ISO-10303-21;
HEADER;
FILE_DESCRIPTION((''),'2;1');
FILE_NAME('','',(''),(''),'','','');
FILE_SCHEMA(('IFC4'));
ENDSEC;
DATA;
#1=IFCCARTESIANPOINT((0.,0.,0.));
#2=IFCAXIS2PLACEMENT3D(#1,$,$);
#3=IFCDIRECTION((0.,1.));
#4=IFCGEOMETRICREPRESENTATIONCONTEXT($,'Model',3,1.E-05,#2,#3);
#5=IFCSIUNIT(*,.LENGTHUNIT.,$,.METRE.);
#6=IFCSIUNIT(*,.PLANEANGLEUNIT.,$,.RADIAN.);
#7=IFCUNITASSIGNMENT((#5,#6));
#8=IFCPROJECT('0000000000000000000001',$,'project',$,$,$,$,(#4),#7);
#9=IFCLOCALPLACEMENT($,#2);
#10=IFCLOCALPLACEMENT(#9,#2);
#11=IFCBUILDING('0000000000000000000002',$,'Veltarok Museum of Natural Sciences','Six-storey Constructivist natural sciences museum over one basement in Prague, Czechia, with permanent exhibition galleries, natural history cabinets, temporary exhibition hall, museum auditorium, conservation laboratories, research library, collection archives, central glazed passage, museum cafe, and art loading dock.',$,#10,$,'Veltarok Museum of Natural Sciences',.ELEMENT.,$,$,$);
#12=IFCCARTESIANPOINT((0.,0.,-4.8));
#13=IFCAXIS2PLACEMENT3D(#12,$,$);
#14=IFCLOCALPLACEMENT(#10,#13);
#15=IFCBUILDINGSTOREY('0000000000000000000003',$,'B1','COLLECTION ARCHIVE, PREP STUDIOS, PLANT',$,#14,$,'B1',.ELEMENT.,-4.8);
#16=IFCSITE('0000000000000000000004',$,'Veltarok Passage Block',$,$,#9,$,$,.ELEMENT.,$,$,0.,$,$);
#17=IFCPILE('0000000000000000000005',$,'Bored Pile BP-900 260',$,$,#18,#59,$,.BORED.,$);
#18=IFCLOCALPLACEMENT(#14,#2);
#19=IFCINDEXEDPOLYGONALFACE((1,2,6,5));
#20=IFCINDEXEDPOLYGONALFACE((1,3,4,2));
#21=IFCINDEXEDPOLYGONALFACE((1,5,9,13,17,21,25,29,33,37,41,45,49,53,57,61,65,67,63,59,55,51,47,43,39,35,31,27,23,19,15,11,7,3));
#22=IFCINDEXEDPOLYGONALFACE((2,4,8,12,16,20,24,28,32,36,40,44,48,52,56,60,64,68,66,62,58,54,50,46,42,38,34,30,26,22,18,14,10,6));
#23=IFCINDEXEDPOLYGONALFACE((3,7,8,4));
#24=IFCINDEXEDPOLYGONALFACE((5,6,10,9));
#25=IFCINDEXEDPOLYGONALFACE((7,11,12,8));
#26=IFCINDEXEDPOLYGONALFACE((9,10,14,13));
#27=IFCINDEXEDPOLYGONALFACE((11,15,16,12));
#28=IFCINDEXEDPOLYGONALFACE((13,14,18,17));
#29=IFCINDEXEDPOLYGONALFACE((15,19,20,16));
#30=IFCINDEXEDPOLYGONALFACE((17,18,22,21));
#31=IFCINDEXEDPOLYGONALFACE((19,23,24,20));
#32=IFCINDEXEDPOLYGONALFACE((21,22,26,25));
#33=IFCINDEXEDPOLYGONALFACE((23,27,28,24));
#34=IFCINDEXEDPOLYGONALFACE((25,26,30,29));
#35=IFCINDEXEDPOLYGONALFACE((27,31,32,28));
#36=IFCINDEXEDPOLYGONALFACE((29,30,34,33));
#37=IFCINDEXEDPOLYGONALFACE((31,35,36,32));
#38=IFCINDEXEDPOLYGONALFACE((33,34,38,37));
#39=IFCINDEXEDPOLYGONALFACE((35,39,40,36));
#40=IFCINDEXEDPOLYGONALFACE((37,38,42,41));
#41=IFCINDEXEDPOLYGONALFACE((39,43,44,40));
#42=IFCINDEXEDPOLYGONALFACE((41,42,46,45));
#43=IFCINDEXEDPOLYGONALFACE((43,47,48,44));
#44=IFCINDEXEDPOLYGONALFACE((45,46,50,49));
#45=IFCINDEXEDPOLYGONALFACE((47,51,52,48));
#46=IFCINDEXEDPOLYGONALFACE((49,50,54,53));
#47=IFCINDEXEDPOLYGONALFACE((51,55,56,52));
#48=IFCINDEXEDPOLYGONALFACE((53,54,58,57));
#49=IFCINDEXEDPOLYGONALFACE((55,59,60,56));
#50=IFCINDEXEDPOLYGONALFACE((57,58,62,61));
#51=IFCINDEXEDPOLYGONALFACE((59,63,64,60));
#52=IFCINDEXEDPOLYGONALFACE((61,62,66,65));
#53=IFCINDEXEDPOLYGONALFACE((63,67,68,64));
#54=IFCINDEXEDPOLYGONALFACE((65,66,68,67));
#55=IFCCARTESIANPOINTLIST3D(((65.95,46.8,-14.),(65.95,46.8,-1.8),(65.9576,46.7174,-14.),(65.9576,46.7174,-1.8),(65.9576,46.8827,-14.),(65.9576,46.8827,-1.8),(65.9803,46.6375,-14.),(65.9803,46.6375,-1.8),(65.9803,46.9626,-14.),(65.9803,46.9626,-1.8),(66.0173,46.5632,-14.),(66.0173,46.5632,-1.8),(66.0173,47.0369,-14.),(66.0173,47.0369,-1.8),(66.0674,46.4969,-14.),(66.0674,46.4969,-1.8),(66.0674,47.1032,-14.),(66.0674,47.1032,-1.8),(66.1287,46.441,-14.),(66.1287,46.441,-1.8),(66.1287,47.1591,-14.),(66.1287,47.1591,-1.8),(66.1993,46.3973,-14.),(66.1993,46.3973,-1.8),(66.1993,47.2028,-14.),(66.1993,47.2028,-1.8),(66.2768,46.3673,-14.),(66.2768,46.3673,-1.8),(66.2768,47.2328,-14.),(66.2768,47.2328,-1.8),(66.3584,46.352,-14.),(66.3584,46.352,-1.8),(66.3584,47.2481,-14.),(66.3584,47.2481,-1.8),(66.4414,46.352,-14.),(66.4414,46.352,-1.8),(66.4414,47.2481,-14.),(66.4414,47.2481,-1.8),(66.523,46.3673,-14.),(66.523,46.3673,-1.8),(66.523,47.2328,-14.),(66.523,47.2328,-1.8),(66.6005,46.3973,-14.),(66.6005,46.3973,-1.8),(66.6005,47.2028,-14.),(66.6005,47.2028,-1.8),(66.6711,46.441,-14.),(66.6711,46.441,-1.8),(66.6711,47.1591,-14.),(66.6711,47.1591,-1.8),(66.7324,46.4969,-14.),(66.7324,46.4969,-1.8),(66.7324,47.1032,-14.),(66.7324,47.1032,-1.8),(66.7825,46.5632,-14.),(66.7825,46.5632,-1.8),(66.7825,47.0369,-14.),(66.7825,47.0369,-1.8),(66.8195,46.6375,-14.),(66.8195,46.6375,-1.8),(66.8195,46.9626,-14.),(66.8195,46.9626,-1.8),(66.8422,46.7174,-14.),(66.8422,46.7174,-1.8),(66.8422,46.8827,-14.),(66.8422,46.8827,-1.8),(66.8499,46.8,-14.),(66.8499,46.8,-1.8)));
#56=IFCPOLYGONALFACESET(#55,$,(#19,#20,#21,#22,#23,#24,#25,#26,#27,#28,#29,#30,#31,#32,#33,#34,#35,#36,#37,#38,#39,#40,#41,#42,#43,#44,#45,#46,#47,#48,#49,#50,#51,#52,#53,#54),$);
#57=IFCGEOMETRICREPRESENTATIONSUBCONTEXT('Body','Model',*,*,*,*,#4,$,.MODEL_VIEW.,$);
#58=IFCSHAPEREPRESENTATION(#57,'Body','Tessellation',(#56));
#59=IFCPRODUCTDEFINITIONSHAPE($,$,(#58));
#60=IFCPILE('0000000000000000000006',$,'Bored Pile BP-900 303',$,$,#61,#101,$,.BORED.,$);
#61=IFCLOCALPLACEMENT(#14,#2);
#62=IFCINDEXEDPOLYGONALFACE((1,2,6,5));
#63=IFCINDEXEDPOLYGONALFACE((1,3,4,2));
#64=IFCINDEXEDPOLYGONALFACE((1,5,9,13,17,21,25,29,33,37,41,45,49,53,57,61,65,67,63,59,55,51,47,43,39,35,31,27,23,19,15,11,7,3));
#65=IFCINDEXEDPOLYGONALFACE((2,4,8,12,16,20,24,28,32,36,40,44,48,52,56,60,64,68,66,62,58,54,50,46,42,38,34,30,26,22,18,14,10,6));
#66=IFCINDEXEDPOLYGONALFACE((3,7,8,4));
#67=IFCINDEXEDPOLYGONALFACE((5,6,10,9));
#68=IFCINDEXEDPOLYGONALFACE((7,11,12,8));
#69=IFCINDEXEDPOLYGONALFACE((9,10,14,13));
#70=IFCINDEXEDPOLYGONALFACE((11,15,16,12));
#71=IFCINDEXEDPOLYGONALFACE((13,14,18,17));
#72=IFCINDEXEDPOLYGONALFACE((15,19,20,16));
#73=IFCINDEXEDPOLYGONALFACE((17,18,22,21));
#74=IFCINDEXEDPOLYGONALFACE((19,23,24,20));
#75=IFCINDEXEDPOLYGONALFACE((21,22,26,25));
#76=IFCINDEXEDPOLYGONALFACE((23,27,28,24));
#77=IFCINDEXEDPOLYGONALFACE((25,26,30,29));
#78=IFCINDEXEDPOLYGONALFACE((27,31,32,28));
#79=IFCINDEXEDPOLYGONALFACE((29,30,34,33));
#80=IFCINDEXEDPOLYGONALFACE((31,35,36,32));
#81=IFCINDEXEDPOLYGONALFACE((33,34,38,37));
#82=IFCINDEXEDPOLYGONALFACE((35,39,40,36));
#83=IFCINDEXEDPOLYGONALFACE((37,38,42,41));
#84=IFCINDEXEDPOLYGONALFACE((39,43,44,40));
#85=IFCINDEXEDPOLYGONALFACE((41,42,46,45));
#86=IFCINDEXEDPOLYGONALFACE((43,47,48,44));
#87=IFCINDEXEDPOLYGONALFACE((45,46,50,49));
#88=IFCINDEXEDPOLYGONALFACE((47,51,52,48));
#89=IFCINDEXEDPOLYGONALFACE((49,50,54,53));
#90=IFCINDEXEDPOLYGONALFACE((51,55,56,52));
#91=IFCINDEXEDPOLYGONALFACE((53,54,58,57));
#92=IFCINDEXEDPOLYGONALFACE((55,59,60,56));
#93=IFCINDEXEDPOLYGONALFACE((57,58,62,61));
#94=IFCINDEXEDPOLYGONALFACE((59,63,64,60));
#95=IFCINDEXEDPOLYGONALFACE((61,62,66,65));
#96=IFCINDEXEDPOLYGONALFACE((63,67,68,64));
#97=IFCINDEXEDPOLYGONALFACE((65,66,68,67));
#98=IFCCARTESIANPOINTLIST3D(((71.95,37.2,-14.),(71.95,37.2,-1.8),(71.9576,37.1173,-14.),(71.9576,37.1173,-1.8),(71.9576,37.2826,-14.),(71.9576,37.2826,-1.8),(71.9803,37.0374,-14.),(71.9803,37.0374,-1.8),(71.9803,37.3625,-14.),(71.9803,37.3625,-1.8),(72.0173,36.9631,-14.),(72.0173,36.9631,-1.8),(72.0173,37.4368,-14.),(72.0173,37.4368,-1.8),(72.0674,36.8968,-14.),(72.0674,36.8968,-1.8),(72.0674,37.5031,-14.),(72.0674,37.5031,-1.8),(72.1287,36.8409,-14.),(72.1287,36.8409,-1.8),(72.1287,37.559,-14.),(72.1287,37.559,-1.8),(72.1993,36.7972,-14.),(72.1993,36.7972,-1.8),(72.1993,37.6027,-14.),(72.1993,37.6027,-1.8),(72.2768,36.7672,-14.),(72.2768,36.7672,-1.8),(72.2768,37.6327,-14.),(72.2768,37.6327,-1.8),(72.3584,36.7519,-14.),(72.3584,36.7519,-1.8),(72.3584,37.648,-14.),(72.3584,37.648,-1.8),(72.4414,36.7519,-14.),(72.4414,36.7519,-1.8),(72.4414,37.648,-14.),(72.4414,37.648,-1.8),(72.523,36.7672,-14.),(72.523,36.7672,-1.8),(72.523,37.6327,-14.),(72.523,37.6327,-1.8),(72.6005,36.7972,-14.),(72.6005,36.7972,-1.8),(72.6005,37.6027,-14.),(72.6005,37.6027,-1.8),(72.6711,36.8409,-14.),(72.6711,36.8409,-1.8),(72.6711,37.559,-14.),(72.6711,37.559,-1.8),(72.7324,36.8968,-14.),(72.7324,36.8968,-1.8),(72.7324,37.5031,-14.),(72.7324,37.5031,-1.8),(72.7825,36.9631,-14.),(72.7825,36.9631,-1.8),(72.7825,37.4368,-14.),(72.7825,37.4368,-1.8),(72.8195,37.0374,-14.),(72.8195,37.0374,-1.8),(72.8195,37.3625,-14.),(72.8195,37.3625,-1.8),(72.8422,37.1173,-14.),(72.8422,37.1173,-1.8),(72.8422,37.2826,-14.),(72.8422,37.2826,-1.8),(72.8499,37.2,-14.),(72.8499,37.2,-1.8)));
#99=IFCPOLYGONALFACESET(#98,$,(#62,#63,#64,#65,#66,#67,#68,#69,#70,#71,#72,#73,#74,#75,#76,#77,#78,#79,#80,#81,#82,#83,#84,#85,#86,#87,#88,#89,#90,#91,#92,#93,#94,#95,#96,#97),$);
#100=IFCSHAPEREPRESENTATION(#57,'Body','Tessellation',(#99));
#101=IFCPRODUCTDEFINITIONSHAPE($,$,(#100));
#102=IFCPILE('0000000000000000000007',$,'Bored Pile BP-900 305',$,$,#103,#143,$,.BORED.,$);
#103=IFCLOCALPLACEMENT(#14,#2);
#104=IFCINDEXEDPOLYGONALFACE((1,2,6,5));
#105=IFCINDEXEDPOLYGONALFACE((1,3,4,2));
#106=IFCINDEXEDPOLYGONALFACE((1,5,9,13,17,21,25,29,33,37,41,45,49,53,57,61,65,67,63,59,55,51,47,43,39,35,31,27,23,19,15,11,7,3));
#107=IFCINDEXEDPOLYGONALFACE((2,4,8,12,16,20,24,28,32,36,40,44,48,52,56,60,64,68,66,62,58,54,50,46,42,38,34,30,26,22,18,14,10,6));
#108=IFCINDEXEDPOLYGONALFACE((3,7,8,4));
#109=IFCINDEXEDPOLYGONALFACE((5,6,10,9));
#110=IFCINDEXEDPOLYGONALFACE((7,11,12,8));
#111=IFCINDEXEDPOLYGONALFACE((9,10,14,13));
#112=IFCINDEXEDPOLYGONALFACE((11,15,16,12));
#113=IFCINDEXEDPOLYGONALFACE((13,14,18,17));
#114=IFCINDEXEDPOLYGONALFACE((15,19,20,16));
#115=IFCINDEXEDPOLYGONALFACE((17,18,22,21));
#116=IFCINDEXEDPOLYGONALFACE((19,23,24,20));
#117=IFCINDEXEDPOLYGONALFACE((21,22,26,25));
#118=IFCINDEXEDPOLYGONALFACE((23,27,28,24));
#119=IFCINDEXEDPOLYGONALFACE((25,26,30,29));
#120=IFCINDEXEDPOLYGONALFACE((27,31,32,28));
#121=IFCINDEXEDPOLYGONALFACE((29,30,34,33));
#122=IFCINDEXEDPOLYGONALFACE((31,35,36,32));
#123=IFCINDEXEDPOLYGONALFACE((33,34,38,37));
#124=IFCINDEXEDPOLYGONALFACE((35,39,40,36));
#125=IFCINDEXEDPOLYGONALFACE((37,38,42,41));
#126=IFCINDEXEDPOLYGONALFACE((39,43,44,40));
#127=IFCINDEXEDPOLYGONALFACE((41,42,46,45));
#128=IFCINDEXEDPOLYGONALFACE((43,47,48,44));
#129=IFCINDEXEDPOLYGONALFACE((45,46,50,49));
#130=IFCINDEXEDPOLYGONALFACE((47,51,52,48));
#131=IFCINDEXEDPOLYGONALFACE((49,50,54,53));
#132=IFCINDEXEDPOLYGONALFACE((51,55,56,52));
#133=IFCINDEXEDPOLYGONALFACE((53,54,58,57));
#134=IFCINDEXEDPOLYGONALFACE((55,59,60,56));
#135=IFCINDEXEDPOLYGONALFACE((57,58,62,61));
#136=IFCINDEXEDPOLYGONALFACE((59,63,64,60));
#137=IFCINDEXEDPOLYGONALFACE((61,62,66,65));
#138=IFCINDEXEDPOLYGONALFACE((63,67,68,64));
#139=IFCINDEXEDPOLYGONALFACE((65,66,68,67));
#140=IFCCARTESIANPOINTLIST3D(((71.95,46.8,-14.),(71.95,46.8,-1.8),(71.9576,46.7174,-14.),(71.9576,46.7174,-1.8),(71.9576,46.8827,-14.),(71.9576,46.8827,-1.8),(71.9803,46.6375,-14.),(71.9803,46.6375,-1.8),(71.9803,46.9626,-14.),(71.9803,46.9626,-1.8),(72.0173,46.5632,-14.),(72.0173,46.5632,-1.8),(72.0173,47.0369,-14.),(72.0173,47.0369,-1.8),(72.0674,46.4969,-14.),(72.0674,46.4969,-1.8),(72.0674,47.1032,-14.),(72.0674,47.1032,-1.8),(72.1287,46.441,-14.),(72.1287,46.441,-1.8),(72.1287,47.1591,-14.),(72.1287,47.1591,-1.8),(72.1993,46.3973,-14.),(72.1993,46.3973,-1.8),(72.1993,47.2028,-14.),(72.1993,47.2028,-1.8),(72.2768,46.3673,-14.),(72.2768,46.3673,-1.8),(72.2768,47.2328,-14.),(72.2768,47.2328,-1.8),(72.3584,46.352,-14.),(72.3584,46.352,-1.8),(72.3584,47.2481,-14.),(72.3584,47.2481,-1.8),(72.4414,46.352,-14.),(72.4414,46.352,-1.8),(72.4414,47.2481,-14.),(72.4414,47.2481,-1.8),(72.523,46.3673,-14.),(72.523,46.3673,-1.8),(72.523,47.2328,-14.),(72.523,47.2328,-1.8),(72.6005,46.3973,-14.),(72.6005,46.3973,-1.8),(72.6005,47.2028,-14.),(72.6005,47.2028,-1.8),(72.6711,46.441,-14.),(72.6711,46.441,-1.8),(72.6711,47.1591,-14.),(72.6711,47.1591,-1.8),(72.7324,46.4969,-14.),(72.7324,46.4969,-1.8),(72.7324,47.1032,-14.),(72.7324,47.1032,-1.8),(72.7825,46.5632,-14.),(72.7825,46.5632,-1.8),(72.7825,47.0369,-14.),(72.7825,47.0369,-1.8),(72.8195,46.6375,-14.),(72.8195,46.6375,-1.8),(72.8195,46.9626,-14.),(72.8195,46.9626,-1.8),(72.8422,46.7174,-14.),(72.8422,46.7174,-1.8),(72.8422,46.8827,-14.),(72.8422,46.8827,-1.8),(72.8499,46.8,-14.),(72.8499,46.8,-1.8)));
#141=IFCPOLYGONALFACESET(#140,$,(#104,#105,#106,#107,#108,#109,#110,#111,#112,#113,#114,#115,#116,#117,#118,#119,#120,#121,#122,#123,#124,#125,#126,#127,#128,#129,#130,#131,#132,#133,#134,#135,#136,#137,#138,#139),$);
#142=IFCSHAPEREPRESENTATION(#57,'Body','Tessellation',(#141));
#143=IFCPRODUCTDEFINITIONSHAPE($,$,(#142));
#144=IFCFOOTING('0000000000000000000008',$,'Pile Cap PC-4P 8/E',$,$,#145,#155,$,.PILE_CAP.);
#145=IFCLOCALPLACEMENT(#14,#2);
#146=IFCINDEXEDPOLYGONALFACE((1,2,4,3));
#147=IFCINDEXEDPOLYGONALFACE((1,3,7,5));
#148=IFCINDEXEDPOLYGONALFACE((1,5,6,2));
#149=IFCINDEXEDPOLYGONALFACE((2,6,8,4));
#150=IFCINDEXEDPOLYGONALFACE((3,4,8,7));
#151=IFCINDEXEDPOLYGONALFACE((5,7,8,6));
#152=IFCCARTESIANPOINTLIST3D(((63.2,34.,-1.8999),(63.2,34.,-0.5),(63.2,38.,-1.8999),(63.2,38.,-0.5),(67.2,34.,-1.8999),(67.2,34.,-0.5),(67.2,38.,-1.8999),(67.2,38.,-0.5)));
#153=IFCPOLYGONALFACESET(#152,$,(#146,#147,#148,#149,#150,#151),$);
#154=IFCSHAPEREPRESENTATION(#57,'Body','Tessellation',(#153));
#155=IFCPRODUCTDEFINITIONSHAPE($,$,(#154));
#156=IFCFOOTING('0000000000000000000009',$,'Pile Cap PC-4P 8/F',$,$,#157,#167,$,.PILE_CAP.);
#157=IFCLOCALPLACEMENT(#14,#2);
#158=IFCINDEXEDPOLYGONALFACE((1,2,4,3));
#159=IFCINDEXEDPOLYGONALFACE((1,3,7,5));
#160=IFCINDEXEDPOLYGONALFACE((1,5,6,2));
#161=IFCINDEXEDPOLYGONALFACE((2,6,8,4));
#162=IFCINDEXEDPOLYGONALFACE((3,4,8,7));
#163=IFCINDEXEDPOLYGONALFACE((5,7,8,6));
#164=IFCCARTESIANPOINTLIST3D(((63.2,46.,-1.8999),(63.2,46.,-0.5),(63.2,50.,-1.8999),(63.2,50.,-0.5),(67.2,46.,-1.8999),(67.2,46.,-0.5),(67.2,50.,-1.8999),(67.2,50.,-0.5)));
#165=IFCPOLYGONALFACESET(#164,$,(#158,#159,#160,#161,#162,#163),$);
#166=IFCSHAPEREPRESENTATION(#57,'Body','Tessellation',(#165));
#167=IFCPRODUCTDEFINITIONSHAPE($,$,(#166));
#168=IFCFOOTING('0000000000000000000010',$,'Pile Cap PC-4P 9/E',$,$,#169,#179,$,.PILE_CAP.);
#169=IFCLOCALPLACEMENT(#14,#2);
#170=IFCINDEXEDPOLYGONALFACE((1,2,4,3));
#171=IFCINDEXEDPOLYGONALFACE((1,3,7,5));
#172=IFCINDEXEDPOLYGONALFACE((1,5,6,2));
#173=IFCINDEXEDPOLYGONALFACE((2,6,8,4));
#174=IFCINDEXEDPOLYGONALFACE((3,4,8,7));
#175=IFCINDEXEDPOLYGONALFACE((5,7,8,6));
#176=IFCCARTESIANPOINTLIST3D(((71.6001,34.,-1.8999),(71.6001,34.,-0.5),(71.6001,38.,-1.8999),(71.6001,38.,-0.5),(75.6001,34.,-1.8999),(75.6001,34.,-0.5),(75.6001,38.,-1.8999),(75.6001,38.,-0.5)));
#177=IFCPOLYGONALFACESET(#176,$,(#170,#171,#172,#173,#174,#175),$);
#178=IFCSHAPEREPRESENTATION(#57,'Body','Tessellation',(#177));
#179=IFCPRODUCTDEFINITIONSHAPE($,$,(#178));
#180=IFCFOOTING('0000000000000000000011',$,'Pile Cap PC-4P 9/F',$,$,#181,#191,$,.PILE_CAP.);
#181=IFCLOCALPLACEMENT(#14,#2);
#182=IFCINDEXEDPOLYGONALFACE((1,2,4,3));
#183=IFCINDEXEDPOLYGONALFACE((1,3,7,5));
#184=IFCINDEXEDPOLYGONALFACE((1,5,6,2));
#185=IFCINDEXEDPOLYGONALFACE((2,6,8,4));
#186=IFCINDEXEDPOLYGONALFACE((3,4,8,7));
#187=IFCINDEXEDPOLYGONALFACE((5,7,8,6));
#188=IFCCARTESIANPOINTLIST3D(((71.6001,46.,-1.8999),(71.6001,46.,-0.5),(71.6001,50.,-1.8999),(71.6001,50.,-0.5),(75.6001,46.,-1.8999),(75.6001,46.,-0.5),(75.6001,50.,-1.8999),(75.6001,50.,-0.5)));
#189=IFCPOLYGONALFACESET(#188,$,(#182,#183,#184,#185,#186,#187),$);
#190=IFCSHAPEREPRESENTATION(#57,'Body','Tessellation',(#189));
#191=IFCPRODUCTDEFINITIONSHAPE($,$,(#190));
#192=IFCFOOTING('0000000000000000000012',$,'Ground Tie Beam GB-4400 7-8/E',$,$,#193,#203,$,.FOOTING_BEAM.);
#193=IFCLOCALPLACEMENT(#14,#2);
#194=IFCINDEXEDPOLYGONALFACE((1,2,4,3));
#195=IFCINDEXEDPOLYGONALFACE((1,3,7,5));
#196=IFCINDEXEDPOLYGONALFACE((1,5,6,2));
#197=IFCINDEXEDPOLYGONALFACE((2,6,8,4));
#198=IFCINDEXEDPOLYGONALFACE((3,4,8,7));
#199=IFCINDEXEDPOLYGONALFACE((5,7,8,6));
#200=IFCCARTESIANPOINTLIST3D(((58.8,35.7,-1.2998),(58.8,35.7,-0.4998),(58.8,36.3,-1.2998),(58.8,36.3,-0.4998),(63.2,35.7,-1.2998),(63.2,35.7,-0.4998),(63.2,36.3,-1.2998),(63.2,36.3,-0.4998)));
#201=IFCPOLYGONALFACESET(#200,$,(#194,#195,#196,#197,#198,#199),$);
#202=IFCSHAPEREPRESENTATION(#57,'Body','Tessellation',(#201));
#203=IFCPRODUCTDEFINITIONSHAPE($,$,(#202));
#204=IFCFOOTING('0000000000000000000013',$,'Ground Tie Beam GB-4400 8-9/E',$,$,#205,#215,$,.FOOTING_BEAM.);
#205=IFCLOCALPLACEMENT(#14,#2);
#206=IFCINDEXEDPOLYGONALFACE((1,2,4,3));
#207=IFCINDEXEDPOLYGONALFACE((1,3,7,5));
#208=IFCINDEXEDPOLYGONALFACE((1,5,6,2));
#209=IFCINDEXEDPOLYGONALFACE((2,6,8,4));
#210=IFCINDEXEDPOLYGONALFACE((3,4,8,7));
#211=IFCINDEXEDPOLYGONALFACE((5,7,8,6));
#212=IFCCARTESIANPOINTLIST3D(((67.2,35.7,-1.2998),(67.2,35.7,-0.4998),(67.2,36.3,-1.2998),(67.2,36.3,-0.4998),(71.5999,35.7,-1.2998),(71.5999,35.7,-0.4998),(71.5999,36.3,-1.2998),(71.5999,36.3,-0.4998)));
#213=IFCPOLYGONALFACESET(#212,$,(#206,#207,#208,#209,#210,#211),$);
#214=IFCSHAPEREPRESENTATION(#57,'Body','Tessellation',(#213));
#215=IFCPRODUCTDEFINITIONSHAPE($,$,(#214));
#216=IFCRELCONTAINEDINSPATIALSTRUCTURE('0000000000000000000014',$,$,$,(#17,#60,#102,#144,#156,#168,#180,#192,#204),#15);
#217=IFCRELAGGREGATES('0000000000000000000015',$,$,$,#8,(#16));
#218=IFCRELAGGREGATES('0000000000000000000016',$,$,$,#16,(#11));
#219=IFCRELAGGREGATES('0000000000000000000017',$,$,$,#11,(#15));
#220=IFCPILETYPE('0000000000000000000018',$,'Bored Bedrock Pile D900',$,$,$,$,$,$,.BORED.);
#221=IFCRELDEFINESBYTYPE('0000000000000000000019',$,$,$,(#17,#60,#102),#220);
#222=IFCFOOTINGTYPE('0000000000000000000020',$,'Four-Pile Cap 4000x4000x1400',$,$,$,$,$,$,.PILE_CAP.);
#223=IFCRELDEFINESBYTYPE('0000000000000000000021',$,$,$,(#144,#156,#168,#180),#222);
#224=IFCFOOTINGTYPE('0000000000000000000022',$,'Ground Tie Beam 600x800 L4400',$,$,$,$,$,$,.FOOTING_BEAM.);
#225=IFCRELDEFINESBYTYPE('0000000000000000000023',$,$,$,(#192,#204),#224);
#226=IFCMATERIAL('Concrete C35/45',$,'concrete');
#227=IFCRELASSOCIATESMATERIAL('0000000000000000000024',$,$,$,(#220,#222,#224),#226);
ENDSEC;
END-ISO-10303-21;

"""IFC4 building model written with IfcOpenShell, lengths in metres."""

from ifc_helpers import new_model, si_unit, direction, frame, origin, origin_2d, place, context, subcontext, project, spatial, rectangle, circle, extrude, material, material_profile, profile_set, type_object, element, save


model = new_model("IFC4")

# Units and contexts
model_context = context("Model", 3, precision=1e-05, world=origin(), true_north=direction((0.0, 1.0)))
body_context = subcontext(model_context, "Body", "Model", "MODEL_VIEW")
ifc_project = project(units=[si_unit("LENGTHUNIT", "METRE"), si_unit("PLANEANGLEUNIT", "RADIAN")], contexts=[model_context])

# Site, building, storey
site_placement = place(None, origin())
site = spatial("IfcSite", under=ifc_project, at=site_placement, Name="Veltarok Passage Block", CompositionType="ELEMENT", RefElevation=0.0)
building_placement = place(site_placement, origin())
building = spatial("IfcBuilding", under=site, at=building_placement, Name="Veltarok Museum of Natural Sciences", Description="Six-storey Constructivist natural sciences museum over one basement in Prague, Czechia, with permanent exhibition galleries, natural history cabinets, temporary exhibition hall, museum auditorium, conservation laboratories, research library, collection archives, central glazed passage, museum cafe, and art loading dock.", LongName="Veltarok Museum of Natural Sciences", CompositionType="ELEMENT")
storey_placement = place(building_placement, frame((0.0, 0.0, -4.8)))
storey = spatial("IfcBuildingStorey", under=building, at=storey_placement, Name="B1", Description="COLLECTION ARCHIVE, PREP STUDIOS, PLANT", LongName="B1", CompositionType="ELEMENT", Elevation=-4.8)

# Piles
ifc_material_1 = material(Name="Concrete C35/45", Category="concrete")
ifc_material_profile_1 = material_profile(ifc_material_1, circle(Radius=0.45, at=origin_2d()), Name="BP D900")
ifc_profile_set_1 = profile_set([ifc_material_profile_1], Name="Concrete C35/45")
pile_type = type_object("IfcPileType", Name="Bored Bedrock Pile D900", PredefinedType="BORED", material=ifc_profile_set_1)
for number, where, z_axis, x_axis, name in (
    (1, (66.3999, 46.8, -1.8), (0.0, 0.0, -1.0), (1.0, 0.0, 0.0), "Bored Pile BP-900 260"),
    (2, (72.3999, 37.2, -1.8), (0.0, 0.0, -1.0), (1.0, 0.0, 0.0), "Bored Pile BP-900 303"),
    (3, (72.3999, 46.8, -1.8), (0.0, 0.0, -1.0), (1.0, 0.0, 0.0), "Bored Pile BP-900 305"),
):
    element("IfcPile", number, at=place(storey_placement, frame(where, z_axis=z_axis, x_axis=x_axis)), inside=storey, type_object=pile_type, Name=name, PredefinedType="BORED", context=body_context, shape_type="SweptSolid", body=[
        extrude(circle(Radius=0.45, at=origin_2d()), origin(), (0.0, 0.0, 1.0), 12.2),
    ])

# Footings
footing_type_1 = type_object("IfcFootingType", Name="Four-Pile Cap 4000x4000x1400", PredefinedType="PILE_CAP", material=ifc_material_1)
for number, where, z_axis, x_axis, name in (
    (4, (65.2, 36.0, -1.8999), (0.0, 0.0, 1.0), (1.0, 0.0, 0.0), "Pile Cap PC-4P 8/E"),
    (5, (65.2, 48.0, -1.8999), (0.0, 0.0, 1.0), (1.0, 0.0, 0.0), "Pile Cap PC-4P 8/F"),
    (6, (73.6001, 36.0, -1.8999), (0.0, 0.0, 1.0), (1.0, 0.0, 0.0), "Pile Cap PC-4P 9/E"),
    (7, (73.6001, 48.0, -1.8999), (0.0, 0.0, 1.0), (1.0, 0.0, 0.0), "Pile Cap PC-4P 9/F"),
):
    element("IfcFooting", number, at=place(storey_placement, frame(where, z_axis=z_axis, x_axis=x_axis)), inside=storey, type_object=footing_type_1, Name=name, PredefinedType="PILE_CAP", context=body_context, shape_type="SweptSolid", body=[
        extrude(rectangle(XDim=4.0, YDim=4.0, at=origin_2d()), origin(), (0.0, 0.0, 1.0), 1.3999),
    ])
footing_type_2 = type_object("IfcFootingType", Name="Ground Tie Beam 600x800 L4400", PredefinedType="FOOTING_BEAM", material=ifc_material_1)
for number, where, z_axis, x_axis, name in (
    (8, (61.0, 36.0, -1.2998), (0.0, 0.0, 1.0), (1.0, 0.0, 0.0), "Ground Tie Beam GB-4400 7-8/E"),
    (9, (69.3999, 36.0, -1.2998), (0.0, 0.0, 1.0), (1.0, 0.0, 0.0), "Ground Tie Beam GB-4400 8-9/E"),
):
    element("IfcFooting", number, at=place(storey_placement, frame(where, z_axis=z_axis, x_axis=x_axis)), inside=storey, type_object=footing_type_2, Name=name, PredefinedType="FOOTING_BEAM", context=body_context, shape_type="SweptSolid", body=[
        extrude(rectangle(XDim=4.3999, YDim=0.6001, at=origin_2d()), origin(), (0.0, 0.0, 1.0), 0.8),
    ])

save(model, "model.ifc")
